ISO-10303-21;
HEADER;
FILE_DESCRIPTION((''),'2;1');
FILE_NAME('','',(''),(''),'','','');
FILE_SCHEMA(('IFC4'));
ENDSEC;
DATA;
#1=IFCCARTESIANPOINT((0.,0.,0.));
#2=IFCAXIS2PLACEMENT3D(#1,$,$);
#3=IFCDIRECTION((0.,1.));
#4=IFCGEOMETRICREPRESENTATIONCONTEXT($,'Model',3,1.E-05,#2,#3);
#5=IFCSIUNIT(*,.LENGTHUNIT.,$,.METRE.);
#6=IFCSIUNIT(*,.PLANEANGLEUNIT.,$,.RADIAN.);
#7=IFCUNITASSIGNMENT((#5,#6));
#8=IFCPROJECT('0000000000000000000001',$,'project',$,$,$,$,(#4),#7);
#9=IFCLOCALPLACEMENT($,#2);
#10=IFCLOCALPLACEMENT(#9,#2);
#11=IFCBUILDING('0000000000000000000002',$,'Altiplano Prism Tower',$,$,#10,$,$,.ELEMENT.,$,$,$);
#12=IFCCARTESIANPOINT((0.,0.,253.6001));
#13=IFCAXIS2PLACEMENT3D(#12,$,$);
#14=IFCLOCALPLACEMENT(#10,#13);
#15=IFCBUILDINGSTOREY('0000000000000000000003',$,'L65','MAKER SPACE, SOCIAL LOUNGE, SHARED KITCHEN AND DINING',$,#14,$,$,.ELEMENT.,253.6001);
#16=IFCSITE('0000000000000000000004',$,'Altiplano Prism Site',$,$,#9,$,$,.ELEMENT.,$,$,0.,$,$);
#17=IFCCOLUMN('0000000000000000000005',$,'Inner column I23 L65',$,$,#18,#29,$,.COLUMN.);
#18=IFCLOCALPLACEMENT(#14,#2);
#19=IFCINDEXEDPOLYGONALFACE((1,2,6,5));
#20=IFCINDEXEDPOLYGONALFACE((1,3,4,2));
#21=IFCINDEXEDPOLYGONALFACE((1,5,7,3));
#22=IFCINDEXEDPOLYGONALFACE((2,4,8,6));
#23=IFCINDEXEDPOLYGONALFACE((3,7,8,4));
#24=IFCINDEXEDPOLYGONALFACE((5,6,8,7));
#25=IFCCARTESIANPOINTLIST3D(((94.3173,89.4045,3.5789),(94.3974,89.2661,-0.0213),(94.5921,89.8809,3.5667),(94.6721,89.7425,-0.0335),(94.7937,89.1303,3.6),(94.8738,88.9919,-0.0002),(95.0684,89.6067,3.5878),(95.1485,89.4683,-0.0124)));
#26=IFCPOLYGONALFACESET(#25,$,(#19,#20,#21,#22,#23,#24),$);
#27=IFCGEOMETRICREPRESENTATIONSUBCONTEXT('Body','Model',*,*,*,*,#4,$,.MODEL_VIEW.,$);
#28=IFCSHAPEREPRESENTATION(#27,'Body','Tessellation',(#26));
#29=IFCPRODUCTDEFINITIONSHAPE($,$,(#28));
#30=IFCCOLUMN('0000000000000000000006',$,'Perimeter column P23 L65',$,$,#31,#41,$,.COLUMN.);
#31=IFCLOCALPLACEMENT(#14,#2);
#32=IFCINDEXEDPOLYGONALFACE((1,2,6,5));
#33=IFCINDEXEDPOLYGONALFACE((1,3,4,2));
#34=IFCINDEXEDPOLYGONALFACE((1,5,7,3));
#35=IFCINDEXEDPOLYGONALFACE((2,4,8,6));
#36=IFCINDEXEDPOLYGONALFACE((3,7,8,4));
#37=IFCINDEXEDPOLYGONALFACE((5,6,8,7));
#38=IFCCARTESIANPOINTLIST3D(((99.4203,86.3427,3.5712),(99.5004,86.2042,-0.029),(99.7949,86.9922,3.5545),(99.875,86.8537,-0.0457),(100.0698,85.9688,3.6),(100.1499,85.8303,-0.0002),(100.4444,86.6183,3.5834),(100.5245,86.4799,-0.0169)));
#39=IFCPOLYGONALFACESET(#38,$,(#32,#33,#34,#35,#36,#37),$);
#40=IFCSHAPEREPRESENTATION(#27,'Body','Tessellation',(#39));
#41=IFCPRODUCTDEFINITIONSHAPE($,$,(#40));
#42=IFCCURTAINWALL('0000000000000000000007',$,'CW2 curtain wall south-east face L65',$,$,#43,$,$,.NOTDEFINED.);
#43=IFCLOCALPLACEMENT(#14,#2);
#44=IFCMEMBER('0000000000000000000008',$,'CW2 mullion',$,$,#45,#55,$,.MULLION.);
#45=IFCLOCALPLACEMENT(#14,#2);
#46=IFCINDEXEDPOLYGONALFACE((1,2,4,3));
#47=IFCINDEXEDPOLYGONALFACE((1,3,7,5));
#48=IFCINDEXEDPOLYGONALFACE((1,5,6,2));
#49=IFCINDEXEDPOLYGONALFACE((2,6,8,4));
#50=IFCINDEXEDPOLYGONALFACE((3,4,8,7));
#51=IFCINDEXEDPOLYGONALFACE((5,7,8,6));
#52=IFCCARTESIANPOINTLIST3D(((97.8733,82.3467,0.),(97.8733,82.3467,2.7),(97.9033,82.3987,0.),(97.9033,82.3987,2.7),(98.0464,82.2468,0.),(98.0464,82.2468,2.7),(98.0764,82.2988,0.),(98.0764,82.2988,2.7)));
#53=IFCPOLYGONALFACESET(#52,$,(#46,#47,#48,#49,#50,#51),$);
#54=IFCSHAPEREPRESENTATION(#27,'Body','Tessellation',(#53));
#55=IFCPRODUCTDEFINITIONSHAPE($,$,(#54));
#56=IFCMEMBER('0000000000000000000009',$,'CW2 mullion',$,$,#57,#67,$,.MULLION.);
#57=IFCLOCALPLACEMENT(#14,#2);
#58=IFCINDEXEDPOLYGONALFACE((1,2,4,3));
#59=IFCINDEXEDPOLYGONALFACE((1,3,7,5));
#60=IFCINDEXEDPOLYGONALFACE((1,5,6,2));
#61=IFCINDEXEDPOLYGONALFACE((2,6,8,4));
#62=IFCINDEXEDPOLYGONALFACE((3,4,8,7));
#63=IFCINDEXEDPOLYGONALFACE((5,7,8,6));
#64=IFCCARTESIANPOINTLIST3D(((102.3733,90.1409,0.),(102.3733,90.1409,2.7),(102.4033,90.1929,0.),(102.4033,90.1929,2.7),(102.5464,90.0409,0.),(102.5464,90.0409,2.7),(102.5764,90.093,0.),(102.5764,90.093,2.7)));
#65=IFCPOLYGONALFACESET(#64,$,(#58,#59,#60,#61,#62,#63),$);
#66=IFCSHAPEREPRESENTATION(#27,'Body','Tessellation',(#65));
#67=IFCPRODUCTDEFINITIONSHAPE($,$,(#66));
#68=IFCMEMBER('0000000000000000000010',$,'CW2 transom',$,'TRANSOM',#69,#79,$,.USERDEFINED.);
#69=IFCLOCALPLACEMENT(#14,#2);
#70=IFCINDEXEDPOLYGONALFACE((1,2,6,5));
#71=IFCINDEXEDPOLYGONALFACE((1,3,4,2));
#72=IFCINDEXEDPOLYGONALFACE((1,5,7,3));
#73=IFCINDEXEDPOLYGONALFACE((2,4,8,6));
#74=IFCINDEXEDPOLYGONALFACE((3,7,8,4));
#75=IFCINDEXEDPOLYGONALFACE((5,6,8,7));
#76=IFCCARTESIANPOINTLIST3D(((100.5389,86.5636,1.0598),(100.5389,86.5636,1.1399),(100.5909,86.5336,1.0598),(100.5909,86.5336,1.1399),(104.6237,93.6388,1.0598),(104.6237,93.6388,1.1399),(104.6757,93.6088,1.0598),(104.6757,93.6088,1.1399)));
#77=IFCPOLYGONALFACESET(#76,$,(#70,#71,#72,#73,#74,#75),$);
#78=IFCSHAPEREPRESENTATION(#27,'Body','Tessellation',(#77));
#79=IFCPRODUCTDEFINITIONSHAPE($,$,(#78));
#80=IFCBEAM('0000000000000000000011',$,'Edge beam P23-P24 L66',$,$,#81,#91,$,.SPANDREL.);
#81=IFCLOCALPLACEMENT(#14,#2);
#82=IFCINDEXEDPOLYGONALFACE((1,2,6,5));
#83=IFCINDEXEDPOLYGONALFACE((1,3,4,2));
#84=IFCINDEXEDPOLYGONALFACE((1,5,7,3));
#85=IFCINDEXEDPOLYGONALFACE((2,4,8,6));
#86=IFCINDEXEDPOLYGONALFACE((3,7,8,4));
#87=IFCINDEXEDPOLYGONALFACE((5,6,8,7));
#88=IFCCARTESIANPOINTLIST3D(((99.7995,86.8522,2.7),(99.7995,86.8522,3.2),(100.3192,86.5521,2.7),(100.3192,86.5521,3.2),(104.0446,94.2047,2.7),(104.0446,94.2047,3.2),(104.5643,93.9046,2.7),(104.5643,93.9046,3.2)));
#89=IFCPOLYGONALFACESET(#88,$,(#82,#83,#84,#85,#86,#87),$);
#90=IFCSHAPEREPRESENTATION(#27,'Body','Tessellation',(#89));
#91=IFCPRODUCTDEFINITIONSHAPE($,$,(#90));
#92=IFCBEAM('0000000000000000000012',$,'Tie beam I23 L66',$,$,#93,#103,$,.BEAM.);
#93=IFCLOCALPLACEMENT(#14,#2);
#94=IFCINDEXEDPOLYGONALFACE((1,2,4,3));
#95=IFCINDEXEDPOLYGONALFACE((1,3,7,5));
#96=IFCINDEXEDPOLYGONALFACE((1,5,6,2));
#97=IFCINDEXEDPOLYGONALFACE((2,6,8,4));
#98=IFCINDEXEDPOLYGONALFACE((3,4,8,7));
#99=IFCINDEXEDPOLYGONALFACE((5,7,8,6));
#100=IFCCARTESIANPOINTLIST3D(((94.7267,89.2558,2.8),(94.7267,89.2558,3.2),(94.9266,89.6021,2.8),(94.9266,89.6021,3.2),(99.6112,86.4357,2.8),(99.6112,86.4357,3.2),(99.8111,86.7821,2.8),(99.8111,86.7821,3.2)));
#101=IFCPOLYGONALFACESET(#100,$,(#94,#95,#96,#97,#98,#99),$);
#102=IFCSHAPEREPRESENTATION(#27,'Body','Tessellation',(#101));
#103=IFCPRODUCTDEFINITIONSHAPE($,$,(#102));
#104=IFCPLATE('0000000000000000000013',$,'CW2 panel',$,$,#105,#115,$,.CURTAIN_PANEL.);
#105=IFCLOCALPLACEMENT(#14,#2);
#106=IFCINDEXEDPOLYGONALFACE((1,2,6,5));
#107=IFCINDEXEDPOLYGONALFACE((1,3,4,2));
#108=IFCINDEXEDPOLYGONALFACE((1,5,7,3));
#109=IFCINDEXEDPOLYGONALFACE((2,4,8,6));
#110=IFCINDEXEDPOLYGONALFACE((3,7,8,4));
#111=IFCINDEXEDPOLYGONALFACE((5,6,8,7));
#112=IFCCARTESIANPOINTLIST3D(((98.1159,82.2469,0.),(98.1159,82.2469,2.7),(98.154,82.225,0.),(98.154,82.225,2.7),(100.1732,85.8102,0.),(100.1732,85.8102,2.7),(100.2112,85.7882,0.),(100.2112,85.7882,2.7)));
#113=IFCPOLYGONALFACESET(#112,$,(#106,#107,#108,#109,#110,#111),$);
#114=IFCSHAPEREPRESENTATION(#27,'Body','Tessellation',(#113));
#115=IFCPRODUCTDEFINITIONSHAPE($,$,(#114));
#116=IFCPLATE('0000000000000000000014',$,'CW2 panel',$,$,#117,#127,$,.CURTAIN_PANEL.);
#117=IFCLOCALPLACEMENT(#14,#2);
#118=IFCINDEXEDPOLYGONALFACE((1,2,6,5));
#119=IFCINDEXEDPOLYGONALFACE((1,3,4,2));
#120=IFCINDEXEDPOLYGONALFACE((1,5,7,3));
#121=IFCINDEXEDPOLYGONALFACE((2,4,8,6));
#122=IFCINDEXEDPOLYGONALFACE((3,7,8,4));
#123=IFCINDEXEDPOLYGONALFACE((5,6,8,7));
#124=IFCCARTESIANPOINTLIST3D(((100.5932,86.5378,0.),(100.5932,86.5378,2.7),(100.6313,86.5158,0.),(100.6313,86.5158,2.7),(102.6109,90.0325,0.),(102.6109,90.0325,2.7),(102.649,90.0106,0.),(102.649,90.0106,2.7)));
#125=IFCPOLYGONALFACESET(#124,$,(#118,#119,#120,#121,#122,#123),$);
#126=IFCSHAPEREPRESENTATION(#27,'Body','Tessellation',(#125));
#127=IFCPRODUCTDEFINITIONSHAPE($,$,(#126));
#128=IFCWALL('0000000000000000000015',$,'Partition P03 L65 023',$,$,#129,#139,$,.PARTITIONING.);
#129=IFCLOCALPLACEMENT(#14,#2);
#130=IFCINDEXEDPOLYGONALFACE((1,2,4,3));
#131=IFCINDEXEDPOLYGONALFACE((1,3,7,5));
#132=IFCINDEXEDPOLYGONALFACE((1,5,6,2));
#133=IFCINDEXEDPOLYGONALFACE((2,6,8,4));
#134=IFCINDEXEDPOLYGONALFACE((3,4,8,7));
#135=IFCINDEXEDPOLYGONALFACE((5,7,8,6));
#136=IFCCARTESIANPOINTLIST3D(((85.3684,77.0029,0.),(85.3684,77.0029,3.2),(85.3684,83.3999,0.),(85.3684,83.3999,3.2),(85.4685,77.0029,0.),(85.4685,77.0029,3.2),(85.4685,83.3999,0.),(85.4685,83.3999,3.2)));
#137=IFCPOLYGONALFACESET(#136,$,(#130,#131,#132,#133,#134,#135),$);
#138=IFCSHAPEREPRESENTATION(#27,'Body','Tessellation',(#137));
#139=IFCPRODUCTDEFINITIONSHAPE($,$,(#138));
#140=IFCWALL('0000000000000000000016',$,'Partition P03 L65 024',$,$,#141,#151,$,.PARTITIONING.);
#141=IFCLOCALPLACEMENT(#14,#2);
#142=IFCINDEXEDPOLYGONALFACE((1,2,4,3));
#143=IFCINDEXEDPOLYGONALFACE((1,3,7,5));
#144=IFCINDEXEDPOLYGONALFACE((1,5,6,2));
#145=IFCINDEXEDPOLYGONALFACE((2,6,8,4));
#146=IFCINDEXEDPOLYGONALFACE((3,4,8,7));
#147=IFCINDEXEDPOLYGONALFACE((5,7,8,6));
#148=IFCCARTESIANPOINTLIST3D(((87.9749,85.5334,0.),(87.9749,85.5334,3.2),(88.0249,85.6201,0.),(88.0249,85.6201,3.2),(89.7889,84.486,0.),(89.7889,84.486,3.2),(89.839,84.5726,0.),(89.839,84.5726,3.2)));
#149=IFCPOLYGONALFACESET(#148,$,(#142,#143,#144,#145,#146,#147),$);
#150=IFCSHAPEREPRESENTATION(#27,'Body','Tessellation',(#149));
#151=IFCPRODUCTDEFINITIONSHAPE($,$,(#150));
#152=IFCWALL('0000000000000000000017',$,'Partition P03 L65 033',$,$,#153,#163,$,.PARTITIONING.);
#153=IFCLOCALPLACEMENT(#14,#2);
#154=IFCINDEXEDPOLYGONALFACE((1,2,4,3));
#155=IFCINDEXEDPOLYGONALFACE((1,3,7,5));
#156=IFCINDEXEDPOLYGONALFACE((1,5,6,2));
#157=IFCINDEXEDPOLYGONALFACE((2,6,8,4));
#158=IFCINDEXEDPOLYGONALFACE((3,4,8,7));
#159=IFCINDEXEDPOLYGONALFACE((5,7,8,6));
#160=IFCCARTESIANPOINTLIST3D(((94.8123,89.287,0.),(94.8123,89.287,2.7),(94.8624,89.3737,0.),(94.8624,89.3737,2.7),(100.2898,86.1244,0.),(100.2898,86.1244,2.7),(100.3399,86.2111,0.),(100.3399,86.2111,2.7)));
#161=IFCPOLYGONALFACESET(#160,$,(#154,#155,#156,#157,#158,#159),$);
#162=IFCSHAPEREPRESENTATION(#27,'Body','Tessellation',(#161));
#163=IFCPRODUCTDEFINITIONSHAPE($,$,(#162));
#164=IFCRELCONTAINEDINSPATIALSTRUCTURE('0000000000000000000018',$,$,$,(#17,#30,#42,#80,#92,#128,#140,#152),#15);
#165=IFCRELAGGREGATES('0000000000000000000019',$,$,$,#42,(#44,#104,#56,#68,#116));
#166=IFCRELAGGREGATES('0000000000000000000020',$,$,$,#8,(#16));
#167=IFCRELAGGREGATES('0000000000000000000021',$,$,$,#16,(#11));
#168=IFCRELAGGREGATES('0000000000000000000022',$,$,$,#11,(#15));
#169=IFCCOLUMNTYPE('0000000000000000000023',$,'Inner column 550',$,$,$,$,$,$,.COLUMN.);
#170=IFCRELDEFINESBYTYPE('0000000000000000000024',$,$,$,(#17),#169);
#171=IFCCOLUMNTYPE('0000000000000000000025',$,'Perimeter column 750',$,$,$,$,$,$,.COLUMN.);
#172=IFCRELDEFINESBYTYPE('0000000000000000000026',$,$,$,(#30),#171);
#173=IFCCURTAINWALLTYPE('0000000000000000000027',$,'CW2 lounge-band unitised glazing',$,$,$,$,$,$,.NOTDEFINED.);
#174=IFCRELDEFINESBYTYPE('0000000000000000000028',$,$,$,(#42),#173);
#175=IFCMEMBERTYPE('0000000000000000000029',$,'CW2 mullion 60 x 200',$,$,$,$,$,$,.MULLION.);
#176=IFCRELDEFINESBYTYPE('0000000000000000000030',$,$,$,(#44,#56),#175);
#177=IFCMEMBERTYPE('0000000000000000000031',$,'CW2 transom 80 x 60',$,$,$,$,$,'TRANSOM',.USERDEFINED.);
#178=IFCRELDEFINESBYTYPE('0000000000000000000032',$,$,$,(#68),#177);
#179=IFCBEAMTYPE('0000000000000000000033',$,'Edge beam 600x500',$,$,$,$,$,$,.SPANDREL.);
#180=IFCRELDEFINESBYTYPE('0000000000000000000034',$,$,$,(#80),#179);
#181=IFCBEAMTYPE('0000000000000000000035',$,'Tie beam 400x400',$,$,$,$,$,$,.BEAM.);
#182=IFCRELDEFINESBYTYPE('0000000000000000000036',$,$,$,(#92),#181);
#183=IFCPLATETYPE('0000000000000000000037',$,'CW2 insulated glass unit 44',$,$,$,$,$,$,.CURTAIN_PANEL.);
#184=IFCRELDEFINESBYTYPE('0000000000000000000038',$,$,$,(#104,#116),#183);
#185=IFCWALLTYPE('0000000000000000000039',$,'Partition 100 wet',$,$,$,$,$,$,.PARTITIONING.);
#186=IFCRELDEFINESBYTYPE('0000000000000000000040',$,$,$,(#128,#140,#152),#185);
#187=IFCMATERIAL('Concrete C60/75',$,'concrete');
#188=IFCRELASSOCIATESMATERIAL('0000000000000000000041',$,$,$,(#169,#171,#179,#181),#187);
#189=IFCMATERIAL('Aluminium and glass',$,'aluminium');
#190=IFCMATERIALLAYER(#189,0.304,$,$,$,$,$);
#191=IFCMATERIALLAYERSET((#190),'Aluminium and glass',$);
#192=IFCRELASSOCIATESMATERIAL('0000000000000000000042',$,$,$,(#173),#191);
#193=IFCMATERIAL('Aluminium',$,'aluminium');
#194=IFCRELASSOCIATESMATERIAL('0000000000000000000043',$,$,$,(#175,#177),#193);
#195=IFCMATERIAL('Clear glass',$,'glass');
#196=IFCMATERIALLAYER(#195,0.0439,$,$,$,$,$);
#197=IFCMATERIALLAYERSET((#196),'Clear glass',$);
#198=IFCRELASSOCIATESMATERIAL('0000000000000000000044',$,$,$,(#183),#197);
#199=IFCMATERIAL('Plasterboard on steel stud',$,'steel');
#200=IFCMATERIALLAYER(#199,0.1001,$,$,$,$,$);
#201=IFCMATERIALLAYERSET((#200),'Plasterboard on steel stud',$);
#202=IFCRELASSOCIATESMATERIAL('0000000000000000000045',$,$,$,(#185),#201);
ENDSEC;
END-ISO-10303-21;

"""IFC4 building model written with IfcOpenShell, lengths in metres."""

from ifc_helpers import new_model, si_unit, direction, frame, frame_2d, origin, origin_2d, place, context, subcontext, project, spatial, rectangle, extrude, material, layer, layer_set, material_profile, profile_set, type_object, element, aggregate, save


model = new_model("IFC4")

# Units and contexts
model_context = context("Model", 3, precision=1e-05, world=origin(), true_north=direction((0.0, 1.0)))
body_context = subcontext(model_context, "Body", "Model", "MODEL_VIEW")
ifc_project = project(units=[si_unit("LENGTHUNIT", "METRE"), si_unit("PLANEANGLEUNIT", "RADIAN")], contexts=[model_context])

# Site, building, storey
site_placement = place(None, origin())
site = spatial("IfcSite", under=ifc_project, at=site_placement, Name="Altiplano Prism Site", CompositionType="ELEMENT", RefElevation=0.0)
building_placement = place(site_placement, origin())
building = spatial("IfcBuilding", under=site, at=building_placement, Name="Altiplano Prism Tower", CompositionType="ELEMENT")
storey_placement = place(building_placement, frame((0.0, 0.0, 253.6001)))
storey = spatial("IfcBuildingStorey", under=building, at=storey_placement, Name="L65", Description="MAKER SPACE, SOCIAL LOUNGE, SHARED KITCHEN AND DINING", CompositionType="ELEMENT", Elevation=253.6001)

# Columns
ifc_material_1 = material(Name="Concrete C60/75", Category="concrete")
ifc_material_profile_1 = material_profile(ifc_material_1, rectangle(XDim=0.55, YDim=0.55, at=origin_2d()), Name="Inner column 550")
ifc_profile_set_1 = profile_set([ifc_material_profile_1], Name="Concrete C60/75")
column_type_1 = type_object("IfcColumnType", Name="Inner column 550", PredefinedType="COLUMN", material=ifc_profile_set_1)
column_1_placement = place(storey_placement, frame((94.7729, 89.3672, -0.0168), z_axis=(-0.022221, 0.038413, 0.999015), x_axis=(-0.499508, -0.866025, 0.022189)))
element("IfcColumn", 1, at=column_1_placement, inside=storey, type_object=column_type_1, Name="Inner column I23 L65", PredefinedType="COLUMN", context=body_context, shape_type="SweptSolid", body=[
    extrude(rectangle(XDim=0.55, YDim=0.55, at=origin_2d()), origin(), (0.0, 0.0, 1.0), 3.6038),
])
ifc_material_profile_2 = material_profile(ifc_material_1, rectangle(XDim=0.75, YDim=0.75, at=origin_2d()), Name="Perimeter column 750")
ifc_profile_set_2 = profile_set([ifc_material_profile_2], Name="Concrete C60/75")
column_type_2 = type_object("IfcColumnType", Name="Perimeter column 750", PredefinedType="COLUMN", material=ifc_profile_set_2)
column_2_placement = place(storey_placement, frame((100.0125, 86.342, -0.0229), z_axis=(-0.022221, 0.038413, 0.999015), x_axis=(-0.499508, -0.866025, 0.022189)))
element("IfcColumn", 2, at=column_2_placement, inside=storey, type_object=column_type_2, Name="Perimeter column P23 L65", PredefinedType="COLUMN", context=body_context, shape_type="SweptSolid", body=[
    extrude(rectangle(XDim=0.75, YDim=0.75, at=origin_2d()), origin(), (0.0, 0.0, 1.0), 3.6038),
])

# Curtain wall, members
ifc_material_2 = material(Name="Aluminium and glass", Category="aluminium")
ifc_layer_1 = layer(ifc_material_2, 0.304)
ifc_layer_set_1 = layer_set([ifc_layer_1], Name="Aluminium and glass")
curtain_wall_type = type_object("IfcCurtainWallType", Name="CW2 lounge-band unitised glazing", PredefinedType="NOTDEFINED", material=ifc_layer_set_1)
curtain_wall_placement = place(storey_placement, origin())
curtain_wall = element("IfcCurtainWall", 3, at=curtain_wall_placement, inside=storey, type_object=curtain_wall_type, Name="CW2 curtain wall south-east face L65", PredefinedType="NOTDEFINED")
ifc_material_3 = material(Name="Aluminium", Category="aluminium")
ifc_material_profile_3 = material_profile(ifc_material_3, rectangle(XDim=0.2, YDim=0.0601, at=origin_2d()), Name="CW2 mullion 60 x 200")
ifc_profile_set_3 = profile_set([ifc_material_profile_3], Name="Aluminium")
member_type_1 = type_object("IfcMemberType", Name="CW2 mullion 60 x 200", PredefinedType="MULLION", material=ifc_profile_set_3)
member_1_placement = place(storey_placement, frame((97.9749, 82.3228, 0.0), z_axis=(0.0, 0.0, 1.0), x_axis=(-0.866025, 0.5, 0.0)))
member_1 = element("IfcMember", 4, at=member_1_placement, type_object=member_type_1, Name="CW2 mullion", PredefinedType="MULLION", context=body_context, shape_type="SweptSolid", body=[
    extrude(rectangle(XDim=0.2, YDim=0.0601, at=origin_2d()), origin(), (0.0, 0.0, 1.0), 2.7),
])
member_2_placement = place(storey_placement, frame((102.4749, 90.1169, 0.0), z_axis=(0.0, 0.0, 1.0), x_axis=(-0.866025, 0.5, 0.0)))
member_2 = element("IfcMember", 5, at=member_2_placement, type_object=member_type_1, Name="CW2 mullion", PredefinedType="MULLION", context=body_context, shape_type="SweptSolid", body=[
    extrude(rectangle(XDim=0.2, YDim=0.0601, at=origin_2d()), origin(), (0.0, 0.0, 1.0), 2.7),
])
ifc_material_profile_4 = material_profile(ifc_material_3, rectangle(XDim=0.0601, YDim=0.0801, at=origin_2d()), Name="CW2 transom 80 x 60")
ifc_profile_set_4 = profile_set([ifc_material_profile_4], Name="Aluminium")
member_type_2 = type_object("IfcMemberType", Name="CW2 transom 80 x 60", ElementType="TRANSOM", PredefinedType="USERDEFINED", material=ifc_profile_set_4)
member_3_placement = place(storey_placement, frame((100.5649, 86.5486, 1.0999), z_axis=(0.499986, 0.866033, 0.0), x_axis=(-0.866033, 0.499986, 0.0)))
member_3 = element("IfcMember", 6, at=member_3_placement, type_object=member_type_2, Name="CW2 transom", ObjectType="TRANSOM", PredefinedType="USERDEFINED", context=body_context, shape_type="SweptSolid", body=[
    extrude(rectangle(XDim=0.0601, YDim=0.0801, at=origin_2d()), origin(), (0.0, 0.0, 1.0), 8.1697),
])

# Beams
ifc_material_profile_5 = material_profile(ifc_material_1, rectangle(XDim=0.6001, YDim=0.5, at=origin_2d()), Name="Edge beam 600x500")
ifc_profile_set_5 = profile_set([ifc_material_profile_5], Name="Concrete C60/75")
beam_type_1 = type_object("IfcBeamType", Name="Edge beam 600x500", PredefinedType="SPANDREL", material=ifc_profile_set_5)
beam_1_placement = place(storey_placement, frame((100.0593, 86.7021, 2.95), z_axis=(0.500011, 0.866019, 0.0), x_axis=(-0.866019, 0.500011, 0.0)))
element("IfcBeam", 7, at=beam_1_placement, inside=storey, type_object=beam_type_1, Name="Edge beam P23-P24 L66", PredefinedType="SPANDREL", context=body_context, shape_type="SweptSolid", body=[
    extrude(rectangle(XDim=0.6001, YDim=0.5, at=origin_2d()), origin(), (0.0, 0.0, 1.0), 8.49),
])
ifc_material_profile_6 = material_profile(ifc_material_1, rectangle(XDim=0.3999, YDim=0.3999, at=origin_2d()), Name="Tie beam 400x400")
ifc_profile_set_6 = profile_set([ifc_material_profile_6], Name="Concrete C60/75")
beam_type_2 = type_object("IfcBeamType", Name="Tie beam 400x400", PredefinedType="BEAM", material=ifc_profile_set_6)
beam_2_placement = place(storey_placement, frame((94.8267, 89.429, 3.0), z_axis=(0.866026, -0.499998, 0.0), x_axis=(0.499998, 0.866026, 0.0)))
element("IfcBeam", 8, at=beam_2_placement, inside=storey, type_object=beam_type_2, Name="Tie beam I23 L66", PredefinedType="BEAM", context=body_context, shape_type="SweptSolid", body=[
    extrude(rectangle(XDim=0.3999, YDim=0.3999, at=origin_2d()), origin(), (0.0, 0.0, 1.0), 5.6401),
])

# Plates
ifc_material_4 = material(Name="Clear glass", Category="glass")
ifc_layer_2 = layer(ifc_material_4, 0.0439)
ifc_layer_set_2 = layer_set([ifc_layer_2], Name="Clear glass")
plate_type = type_object("IfcPlateType", Name="CW2 insulated glass unit 44", PredefinedType="CURTAIN_PANEL", material=ifc_layer_set_2)
plate_1_placement = place(storey_placement, frame((99.1636, 84.0176, 0.0), z_axis=(0.0, 0.0, 1.0), x_axis=(0.5, 0.866025, 0.0)))
plate_1 = element("IfcPlate", 9, at=plate_1_placement, type_object=plate_type, Name="CW2 panel", PredefinedType="CURTAIN_PANEL", context=body_context, shape_type="SweptSolid", body=[
    extrude(rectangle(XDim=4.1145, YDim=0.0439, at=origin_2d()), origin(), (0.0, 0.0, 1.0), 2.7),
])
plate_2_placement = place(storey_placement, frame((101.6211, 88.2742, 0.0), z_axis=(0.0, 0.0, 1.0), x_axis=(0.5, 0.866025, 0.0)))
plate_2 = element("IfcPlate", 10, at=plate_2_placement, type_object=plate_type, Name="CW2 panel", PredefinedType="CURTAIN_PANEL", context=body_context, shape_type="SweptSolid", body=[
    extrude(rectangle(XDim=4.0354, YDim=0.0439, at=origin_2d()), origin(), (0.0, 0.0, 1.0), 2.7),
])
aggregate(curtain_wall, [member_1, plate_1, member_2, member_3, plate_2])

# Walls
ifc_material_5 = material(Name="Plasterboard on steel stud", Category="steel")
ifc_layer_3 = layer(ifc_material_5, 0.1001)
ifc_layer_set_3 = layer_set([ifc_layer_3], Name="Plasterboard on steel stud")
wall_type_1 = type_object("IfcWallType", Name="Partition 100 wet", PredefinedType="PARTITIONING", material=ifc_layer_set_3)
wall_1_placement = place(storey_placement, frame((85.4185, 83.3999, 0.0), z_axis=(0.0, 0.0, 1.0), x_axis=(0.0, -1.0, 0.0)))
element("IfcWall", 11, at=wall_1_placement, inside=storey, type_object=wall_type_1, Name="Partition P03 L65 023", PredefinedType="PARTITIONING", context=body_context, shape_type="SweptSolid", body=[
    extrude(rectangle(XDim=6.397, YDim=0.1001, at=frame_2d((3.1985, 0.0))), origin(), (0.0, 0.0, 1.0), 3.2),
])
wall_2_placement = place(storey_placement, frame((89.814, 84.5293, 0.0), z_axis=(0.0, 0.0, 1.0), x_axis=(-0.866011, 0.500025, 0.0)))
element("IfcWall", 12, at=wall_2_placement, inside=storey, type_object=wall_type_1, Name="Partition P03 L65 024", PredefinedType="PARTITIONING", context=body_context, shape_type="SweptSolid", body=[
    extrude(rectangle(XDim=2.0947, YDim=0.1001, at=frame_2d((1.0474, 0.0))), origin(), (0.0, 0.0, 1.0), 3.2),
])
wall_3_placement = place(storey_placement, frame((100.3149, 86.1677, 0.0), z_axis=(0.0, 0.0, 1.0), x_axis=(-0.866016, 0.500016, 0.0)))
element("IfcWall", 13, at=wall_3_placement, inside=storey, type_object=wall_type_1, Name="Partition P03 L65 033", PredefinedType="PARTITIONING", context=body_context, shape_type="SweptSolid", body=[
    extrude(rectangle(XDim=6.325, YDim=0.1001, at=frame_2d((3.1626, 0.0))), origin(), (0.0, 0.0, 1.0), 2.7),
])

save(model, "model.ifc")
